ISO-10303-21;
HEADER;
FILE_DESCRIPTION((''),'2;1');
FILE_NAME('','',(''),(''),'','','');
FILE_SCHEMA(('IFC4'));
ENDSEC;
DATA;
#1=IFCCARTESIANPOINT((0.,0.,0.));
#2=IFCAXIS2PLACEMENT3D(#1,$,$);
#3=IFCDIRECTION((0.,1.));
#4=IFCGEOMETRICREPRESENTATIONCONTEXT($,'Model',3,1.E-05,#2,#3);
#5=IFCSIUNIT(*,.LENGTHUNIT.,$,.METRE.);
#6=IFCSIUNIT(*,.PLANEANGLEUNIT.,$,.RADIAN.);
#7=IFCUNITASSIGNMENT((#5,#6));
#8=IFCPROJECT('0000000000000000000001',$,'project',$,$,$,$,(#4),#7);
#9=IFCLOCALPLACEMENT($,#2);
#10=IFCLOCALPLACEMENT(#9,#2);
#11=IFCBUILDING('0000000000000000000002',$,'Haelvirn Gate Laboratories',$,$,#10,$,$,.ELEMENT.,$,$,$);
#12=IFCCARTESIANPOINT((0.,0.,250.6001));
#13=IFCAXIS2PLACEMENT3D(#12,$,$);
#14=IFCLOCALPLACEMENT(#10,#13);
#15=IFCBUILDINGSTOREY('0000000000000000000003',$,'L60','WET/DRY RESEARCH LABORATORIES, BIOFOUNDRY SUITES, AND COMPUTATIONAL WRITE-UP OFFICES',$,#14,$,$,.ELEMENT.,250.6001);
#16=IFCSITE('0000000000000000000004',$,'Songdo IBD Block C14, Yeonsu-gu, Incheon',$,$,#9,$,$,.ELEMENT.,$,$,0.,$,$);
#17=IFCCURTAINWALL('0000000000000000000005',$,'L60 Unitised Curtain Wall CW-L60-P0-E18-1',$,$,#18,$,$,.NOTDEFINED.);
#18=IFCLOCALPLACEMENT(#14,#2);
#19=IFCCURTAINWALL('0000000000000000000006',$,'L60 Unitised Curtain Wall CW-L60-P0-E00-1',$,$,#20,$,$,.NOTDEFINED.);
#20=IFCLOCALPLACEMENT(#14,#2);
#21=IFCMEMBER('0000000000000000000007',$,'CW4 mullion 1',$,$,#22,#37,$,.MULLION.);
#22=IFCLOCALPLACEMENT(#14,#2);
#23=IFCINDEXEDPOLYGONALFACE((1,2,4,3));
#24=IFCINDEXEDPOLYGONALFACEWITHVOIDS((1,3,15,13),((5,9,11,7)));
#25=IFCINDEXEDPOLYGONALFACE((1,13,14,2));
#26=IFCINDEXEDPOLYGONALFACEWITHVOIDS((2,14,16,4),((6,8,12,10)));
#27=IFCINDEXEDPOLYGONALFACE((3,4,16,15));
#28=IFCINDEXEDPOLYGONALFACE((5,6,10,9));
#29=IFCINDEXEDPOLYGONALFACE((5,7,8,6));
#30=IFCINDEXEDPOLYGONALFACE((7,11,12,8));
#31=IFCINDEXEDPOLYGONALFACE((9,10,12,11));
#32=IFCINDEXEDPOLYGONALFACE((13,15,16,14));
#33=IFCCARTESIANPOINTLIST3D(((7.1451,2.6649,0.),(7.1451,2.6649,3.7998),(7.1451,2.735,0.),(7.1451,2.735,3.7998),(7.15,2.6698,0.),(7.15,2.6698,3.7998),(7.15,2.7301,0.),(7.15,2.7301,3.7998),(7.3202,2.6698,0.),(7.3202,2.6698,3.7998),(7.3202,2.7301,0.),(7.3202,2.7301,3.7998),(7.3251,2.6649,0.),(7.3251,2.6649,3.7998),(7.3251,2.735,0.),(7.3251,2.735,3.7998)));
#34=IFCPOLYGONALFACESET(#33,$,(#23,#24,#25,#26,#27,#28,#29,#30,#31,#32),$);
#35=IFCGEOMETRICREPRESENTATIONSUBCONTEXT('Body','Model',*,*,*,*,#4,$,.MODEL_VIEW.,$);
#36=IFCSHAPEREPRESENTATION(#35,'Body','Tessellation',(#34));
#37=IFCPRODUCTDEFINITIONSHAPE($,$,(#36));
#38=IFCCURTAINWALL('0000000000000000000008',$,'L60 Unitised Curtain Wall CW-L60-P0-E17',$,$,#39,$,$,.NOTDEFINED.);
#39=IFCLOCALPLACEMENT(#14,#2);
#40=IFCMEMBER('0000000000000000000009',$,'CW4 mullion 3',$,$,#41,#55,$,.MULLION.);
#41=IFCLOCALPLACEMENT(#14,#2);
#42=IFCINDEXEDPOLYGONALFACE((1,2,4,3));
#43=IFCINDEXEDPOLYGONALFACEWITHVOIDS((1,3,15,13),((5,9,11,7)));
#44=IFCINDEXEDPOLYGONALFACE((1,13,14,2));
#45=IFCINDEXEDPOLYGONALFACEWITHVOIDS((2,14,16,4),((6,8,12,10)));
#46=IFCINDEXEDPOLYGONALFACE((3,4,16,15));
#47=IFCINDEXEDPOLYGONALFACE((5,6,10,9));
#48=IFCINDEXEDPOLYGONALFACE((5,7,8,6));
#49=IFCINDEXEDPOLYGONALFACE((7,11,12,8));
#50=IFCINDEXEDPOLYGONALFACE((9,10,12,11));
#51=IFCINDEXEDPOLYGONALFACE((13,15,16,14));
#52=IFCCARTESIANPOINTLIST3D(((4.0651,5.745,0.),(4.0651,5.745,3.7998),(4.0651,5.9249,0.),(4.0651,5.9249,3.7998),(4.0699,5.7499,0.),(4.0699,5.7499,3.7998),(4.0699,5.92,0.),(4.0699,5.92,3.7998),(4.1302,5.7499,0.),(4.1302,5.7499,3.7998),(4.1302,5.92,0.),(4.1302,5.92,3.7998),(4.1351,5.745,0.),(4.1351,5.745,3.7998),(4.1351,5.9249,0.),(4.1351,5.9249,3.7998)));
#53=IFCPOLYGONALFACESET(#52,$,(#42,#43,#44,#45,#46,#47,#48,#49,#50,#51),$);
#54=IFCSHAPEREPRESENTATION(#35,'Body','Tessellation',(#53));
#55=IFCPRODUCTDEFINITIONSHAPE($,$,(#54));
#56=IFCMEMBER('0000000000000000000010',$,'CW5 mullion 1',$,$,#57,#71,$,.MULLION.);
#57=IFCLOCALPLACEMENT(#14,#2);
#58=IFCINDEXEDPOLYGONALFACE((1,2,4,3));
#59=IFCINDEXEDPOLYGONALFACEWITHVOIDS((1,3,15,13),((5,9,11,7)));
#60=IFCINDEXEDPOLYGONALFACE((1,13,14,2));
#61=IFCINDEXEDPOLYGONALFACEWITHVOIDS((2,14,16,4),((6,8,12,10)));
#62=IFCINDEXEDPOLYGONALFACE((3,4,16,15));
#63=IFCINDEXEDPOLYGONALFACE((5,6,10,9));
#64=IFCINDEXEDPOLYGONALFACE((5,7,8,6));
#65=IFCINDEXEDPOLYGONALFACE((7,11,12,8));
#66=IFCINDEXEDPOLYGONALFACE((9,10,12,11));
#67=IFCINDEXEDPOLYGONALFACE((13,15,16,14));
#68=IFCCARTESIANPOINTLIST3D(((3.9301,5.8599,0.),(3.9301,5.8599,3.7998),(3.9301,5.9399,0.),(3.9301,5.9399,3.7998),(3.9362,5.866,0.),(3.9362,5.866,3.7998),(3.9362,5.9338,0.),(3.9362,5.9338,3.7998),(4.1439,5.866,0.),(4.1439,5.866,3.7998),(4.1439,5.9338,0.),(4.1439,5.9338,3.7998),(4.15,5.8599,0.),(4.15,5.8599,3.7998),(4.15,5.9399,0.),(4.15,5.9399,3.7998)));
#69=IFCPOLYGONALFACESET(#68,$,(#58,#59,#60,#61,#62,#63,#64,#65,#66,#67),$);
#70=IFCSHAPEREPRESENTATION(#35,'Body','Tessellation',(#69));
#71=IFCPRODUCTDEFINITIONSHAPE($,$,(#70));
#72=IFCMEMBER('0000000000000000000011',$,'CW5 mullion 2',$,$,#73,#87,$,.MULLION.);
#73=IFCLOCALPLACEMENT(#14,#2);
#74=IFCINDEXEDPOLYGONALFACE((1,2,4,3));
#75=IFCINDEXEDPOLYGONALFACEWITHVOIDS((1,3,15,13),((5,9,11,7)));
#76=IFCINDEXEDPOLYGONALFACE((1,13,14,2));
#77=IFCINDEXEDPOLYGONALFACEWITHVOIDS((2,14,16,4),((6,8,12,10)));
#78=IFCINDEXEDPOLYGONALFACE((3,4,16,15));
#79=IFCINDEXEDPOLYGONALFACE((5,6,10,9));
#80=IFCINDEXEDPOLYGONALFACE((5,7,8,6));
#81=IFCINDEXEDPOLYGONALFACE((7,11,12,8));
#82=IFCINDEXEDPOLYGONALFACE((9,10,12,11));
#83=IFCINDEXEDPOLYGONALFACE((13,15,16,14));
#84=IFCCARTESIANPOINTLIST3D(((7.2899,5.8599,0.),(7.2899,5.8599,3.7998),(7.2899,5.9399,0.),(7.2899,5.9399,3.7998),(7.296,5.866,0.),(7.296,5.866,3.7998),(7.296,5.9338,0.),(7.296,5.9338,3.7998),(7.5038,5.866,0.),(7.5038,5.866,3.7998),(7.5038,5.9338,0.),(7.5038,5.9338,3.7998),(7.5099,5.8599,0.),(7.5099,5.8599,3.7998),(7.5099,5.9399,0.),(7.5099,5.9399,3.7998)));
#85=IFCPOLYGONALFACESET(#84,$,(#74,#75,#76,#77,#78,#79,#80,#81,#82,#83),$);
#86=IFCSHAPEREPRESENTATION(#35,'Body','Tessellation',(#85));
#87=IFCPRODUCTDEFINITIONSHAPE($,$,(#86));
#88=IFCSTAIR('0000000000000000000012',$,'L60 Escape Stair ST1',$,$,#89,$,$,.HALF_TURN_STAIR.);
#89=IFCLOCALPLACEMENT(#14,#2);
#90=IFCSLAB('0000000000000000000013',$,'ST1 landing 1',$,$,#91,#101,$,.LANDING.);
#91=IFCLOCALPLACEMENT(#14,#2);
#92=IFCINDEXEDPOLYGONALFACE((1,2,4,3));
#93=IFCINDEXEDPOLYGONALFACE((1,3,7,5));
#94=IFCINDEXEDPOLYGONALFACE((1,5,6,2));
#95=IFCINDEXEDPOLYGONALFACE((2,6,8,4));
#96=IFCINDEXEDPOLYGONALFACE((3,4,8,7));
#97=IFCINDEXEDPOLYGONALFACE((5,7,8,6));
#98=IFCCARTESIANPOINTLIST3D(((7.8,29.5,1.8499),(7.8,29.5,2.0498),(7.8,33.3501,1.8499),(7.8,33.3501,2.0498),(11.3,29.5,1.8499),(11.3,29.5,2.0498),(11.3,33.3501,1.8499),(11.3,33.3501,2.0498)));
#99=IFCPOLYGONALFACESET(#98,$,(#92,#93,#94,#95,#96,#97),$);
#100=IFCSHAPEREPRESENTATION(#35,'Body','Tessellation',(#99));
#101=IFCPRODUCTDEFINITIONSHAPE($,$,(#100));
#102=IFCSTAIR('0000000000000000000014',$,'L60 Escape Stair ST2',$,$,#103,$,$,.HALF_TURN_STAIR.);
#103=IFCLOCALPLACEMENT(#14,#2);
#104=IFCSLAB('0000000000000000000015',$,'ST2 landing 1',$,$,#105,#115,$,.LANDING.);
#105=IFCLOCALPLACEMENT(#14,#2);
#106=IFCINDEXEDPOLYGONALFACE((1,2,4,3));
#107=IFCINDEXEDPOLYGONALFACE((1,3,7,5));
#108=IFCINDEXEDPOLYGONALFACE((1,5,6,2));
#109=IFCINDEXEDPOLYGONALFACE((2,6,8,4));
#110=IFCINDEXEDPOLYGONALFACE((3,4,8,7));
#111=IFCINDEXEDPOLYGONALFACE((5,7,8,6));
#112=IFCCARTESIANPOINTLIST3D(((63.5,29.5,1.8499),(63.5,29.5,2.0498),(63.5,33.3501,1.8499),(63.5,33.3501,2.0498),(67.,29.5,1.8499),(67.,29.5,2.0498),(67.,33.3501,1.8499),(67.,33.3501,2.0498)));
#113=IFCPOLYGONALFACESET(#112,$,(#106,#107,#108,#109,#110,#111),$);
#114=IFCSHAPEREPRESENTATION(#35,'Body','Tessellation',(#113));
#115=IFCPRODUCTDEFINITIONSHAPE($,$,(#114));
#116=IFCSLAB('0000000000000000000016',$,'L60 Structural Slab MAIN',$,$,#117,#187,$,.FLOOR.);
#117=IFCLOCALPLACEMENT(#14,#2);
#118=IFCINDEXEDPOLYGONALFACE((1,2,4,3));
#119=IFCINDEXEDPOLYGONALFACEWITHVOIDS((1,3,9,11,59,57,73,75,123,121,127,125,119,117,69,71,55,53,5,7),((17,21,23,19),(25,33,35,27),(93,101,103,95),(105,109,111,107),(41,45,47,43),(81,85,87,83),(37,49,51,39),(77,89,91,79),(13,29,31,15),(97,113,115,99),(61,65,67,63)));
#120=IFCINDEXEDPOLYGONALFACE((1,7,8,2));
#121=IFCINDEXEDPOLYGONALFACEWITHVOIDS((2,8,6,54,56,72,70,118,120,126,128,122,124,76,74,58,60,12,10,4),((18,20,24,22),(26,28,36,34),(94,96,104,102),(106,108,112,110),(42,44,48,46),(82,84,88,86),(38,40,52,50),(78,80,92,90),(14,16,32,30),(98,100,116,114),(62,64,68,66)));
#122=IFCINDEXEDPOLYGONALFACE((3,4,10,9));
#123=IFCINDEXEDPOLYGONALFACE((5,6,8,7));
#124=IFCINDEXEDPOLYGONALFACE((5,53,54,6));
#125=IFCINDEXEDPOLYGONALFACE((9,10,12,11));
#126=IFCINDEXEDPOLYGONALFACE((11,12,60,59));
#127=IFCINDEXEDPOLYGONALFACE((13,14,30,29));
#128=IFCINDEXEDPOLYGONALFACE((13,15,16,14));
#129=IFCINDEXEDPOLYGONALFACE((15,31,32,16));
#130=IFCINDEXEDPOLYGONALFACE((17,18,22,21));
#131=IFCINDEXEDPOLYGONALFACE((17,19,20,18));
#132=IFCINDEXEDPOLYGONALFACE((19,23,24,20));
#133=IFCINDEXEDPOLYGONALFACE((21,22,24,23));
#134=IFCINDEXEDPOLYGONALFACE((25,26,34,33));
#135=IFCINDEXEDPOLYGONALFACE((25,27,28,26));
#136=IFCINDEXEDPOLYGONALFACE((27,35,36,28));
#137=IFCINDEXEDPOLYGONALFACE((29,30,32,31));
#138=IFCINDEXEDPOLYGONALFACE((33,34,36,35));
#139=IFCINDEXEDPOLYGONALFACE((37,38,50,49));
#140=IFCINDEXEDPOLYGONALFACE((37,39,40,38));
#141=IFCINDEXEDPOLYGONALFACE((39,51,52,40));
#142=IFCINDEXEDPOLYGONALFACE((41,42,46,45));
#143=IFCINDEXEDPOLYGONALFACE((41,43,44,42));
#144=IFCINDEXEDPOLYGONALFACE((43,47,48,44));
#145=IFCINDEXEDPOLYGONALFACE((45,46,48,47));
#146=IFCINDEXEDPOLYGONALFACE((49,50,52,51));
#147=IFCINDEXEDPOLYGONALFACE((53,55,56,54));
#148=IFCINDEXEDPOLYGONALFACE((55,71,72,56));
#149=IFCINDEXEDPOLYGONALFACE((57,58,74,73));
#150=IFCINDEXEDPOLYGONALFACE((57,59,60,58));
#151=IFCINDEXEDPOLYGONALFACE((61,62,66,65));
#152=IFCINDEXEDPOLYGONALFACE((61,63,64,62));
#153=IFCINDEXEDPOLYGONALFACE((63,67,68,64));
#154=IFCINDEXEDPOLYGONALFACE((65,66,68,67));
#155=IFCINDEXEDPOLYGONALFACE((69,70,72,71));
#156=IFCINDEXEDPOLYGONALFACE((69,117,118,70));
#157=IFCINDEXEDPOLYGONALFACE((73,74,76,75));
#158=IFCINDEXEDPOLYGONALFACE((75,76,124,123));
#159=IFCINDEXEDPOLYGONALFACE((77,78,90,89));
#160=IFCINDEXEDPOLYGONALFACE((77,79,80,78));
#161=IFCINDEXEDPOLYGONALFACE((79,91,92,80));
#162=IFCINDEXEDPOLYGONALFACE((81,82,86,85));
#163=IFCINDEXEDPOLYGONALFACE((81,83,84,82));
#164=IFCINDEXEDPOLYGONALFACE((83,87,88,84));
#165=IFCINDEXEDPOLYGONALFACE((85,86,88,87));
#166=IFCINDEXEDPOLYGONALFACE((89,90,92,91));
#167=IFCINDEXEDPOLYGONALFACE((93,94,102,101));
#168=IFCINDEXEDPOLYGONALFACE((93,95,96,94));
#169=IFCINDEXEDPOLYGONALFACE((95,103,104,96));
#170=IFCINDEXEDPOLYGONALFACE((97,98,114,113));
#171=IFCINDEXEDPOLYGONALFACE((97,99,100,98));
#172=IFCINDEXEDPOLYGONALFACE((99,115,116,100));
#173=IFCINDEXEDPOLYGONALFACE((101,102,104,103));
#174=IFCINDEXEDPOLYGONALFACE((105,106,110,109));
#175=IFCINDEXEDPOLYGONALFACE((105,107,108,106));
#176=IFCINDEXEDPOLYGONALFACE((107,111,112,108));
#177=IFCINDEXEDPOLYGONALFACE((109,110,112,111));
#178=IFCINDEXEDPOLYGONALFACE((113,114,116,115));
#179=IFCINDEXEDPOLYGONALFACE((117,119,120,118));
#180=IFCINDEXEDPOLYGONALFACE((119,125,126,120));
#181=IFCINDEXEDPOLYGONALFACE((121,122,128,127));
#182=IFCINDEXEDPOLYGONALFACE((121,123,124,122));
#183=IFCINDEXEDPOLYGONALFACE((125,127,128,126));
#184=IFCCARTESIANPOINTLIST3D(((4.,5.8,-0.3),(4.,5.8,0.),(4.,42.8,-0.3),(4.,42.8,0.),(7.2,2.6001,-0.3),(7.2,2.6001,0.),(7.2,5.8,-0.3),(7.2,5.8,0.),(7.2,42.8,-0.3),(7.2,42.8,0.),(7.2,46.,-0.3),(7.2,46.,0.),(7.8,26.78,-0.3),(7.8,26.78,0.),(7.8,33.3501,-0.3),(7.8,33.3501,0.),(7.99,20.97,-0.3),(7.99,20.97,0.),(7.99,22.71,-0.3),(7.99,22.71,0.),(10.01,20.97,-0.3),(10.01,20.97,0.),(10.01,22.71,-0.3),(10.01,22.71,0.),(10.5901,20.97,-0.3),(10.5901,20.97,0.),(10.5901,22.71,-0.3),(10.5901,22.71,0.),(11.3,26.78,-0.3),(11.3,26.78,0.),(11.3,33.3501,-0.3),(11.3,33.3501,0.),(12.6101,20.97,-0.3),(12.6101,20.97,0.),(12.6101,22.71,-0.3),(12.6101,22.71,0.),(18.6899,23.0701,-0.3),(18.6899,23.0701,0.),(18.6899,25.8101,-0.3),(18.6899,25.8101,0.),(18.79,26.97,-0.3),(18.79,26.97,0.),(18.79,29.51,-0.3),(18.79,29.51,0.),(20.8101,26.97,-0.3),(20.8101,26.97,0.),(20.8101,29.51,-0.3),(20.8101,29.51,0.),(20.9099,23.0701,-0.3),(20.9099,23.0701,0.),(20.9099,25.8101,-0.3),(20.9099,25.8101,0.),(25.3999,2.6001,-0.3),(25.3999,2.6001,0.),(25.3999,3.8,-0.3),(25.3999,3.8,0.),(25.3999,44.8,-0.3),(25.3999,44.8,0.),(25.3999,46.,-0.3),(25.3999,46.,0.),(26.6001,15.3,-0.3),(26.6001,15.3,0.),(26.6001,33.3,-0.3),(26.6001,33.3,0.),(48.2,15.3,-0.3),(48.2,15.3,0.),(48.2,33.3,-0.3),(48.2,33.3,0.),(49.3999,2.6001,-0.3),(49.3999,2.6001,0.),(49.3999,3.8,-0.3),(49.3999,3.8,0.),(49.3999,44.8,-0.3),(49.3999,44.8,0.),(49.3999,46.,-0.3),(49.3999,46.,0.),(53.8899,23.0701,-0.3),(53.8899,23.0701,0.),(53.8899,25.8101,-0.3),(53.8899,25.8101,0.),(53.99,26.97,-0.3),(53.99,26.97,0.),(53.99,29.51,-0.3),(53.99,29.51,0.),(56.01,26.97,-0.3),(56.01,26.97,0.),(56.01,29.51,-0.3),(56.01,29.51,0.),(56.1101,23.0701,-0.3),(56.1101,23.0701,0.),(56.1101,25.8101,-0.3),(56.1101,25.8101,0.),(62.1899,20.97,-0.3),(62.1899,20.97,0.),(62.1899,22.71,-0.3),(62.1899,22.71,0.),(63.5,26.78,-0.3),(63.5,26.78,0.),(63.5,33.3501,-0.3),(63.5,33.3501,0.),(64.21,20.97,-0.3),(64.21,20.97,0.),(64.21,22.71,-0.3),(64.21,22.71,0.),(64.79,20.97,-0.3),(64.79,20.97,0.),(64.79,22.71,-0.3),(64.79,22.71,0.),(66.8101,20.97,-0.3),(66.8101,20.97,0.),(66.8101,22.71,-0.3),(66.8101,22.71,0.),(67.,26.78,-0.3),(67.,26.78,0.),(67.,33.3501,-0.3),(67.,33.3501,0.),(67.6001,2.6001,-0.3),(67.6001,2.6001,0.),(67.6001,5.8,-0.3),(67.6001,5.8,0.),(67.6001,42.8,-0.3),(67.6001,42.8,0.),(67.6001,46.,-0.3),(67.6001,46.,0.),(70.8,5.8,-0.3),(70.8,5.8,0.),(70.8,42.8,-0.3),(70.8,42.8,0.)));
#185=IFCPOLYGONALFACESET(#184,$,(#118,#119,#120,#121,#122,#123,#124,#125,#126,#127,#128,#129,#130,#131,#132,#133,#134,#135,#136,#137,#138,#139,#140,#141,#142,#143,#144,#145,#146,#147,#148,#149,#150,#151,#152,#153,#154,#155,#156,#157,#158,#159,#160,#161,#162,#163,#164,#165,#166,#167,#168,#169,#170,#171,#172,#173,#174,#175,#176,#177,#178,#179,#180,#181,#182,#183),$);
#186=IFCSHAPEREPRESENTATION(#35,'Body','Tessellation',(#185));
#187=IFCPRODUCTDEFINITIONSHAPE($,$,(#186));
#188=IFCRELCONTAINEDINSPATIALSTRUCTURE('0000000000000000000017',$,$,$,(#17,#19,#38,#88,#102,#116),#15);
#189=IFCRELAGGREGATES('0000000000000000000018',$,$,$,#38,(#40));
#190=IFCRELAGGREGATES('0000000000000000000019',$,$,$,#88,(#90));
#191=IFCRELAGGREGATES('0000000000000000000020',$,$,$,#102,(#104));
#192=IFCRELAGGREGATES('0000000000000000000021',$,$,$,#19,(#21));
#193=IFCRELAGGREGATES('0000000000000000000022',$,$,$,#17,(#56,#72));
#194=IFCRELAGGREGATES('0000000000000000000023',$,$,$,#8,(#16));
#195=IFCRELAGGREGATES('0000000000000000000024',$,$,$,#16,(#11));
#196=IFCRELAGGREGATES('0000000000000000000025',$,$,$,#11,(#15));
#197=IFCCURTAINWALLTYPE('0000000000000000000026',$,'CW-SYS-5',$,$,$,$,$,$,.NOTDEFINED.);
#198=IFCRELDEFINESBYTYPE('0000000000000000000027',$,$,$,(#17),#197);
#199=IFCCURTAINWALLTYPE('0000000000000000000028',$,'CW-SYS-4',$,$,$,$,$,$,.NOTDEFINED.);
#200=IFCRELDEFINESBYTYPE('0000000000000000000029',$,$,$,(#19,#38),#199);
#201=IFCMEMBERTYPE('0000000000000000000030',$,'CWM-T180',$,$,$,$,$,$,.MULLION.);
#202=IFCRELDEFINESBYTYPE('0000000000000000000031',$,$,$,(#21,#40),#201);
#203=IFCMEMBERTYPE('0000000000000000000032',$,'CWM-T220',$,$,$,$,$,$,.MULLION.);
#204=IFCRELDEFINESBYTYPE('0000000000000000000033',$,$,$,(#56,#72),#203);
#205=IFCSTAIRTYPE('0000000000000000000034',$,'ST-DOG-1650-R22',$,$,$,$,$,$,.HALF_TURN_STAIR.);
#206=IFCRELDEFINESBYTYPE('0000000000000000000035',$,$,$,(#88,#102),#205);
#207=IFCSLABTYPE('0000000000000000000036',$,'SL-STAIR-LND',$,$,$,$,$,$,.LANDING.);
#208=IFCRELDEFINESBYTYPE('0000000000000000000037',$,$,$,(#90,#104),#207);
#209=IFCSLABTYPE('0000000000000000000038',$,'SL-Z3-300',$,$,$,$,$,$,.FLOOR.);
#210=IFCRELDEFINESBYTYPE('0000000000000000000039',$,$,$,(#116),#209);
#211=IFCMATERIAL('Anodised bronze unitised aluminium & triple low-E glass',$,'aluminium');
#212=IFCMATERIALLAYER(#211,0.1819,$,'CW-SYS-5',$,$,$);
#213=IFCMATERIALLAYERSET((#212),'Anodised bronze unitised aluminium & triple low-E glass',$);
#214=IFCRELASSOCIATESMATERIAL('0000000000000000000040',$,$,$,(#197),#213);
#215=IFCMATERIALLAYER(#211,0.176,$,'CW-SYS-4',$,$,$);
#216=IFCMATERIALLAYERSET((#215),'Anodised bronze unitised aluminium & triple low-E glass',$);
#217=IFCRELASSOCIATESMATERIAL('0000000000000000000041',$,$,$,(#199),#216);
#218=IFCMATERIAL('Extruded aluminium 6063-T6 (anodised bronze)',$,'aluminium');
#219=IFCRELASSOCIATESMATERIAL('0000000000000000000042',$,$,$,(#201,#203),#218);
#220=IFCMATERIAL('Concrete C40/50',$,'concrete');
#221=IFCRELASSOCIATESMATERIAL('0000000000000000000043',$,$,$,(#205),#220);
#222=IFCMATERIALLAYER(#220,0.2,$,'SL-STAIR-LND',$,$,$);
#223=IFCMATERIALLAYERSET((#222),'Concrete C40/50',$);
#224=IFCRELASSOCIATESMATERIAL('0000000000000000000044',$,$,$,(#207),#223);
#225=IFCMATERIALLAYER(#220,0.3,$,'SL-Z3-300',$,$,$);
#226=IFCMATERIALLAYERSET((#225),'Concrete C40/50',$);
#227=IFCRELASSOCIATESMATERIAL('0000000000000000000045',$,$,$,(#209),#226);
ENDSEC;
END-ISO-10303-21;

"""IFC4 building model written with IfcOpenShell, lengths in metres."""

from ifc_helpers import new_model, si_unit, direction, frame, origin, origin_2d, place, context, subcontext, project, spatial, polyline, hollow_rectangle, outline, extrude, source, transform, mapped, material, layer, layer_set, material_profile, profile_set, type_object, type_shapes, element, aggregate, save


model = new_model("IFC4")

# Units and contexts
model_context = context("Model", 3, precision=1e-05, world=origin(), true_north=direction((0.0, 1.0)))
body_context = subcontext(model_context, "Body", "Model", "MODEL_VIEW")
ifc_project = project(units=[si_unit("LENGTHUNIT", "METRE"), si_unit("PLANEANGLEUNIT", "RADIAN")], contexts=[model_context])

# Site, building, storey
site_placement = place(None, origin())
site = spatial("IfcSite", under=ifc_project, at=site_placement, Name="Songdo IBD Block C14, Yeonsu-gu, Incheon", CompositionType="ELEMENT", RefElevation=0.0)
building_placement = place(site_placement, origin())
building = spatial("IfcBuilding", under=site, at=building_placement, Name="Haelvirn Gate Laboratories", CompositionType="ELEMENT")
storey_placement = place(building_placement, frame((0.0, 0.0, 250.6001)))
storey = spatial("IfcBuildingStorey", under=building, at=storey_placement, Name="L60", Description="WET/DRY RESEARCH LABORATORIES, BIOFOUNDRY SUITES, AND COMPUTATIONAL WRITE-UP OFFICES", CompositionType="ELEMENT", Elevation=250.6001)

# Curtain walls, member
ifc_material_1 = material(Name="Anodised bronze unitised aluminium & triple low-E glass", Category="aluminium")
ifc_layer_1 = layer(ifc_material_1, 0.1819, Name="CW-SYS-5")
ifc_layer_set_1 = layer_set([ifc_layer_1], Name="Anodised bronze unitised aluminium & triple low-E glass")
curtain_wall_type_1 = type_object("IfcCurtainWallType", Name="CW-SYS-5", PredefinedType="NOTDEFINED", material=ifc_layer_set_1)
curtain_wall_1_placement = place(storey_placement, origin())
curtain_wall_1 = element("IfcCurtainWall", 1, at=curtain_wall_1_placement, inside=storey, type_object=curtain_wall_type_1, Name="L60 Unitised Curtain Wall CW-L60-P0-E18-1", PredefinedType="NOTDEFINED")
ifc_material_2 = material(Name="Extruded aluminium 6063-T6 (anodised bronze)", Category="aluminium")
ifc_layer_2 = layer(ifc_material_1, 0.176, Name="CW-SYS-4")
ifc_layer_set_2 = layer_set([ifc_layer_2], Name="Anodised bronze unitised aluminium & triple low-E glass")
curtain_wall_type_2 = type_object("IfcCurtainWallType", Name="CW-SYS-4", PredefinedType="NOTDEFINED", material=ifc_layer_set_2)
curtain_wall_2_placement = place(storey_placement, origin())
curtain_wall_2 = element("IfcCurtainWall", 2, at=curtain_wall_2_placement, inside=storey, type_object=curtain_wall_type_2, Name="L60 Unitised Curtain Wall CW-L60-P0-E00-1", PredefinedType="NOTDEFINED")
ifc_material_profile_1 = material_profile(ifc_material_2, hollow_rectangle(XDim=0.0701, YDim=0.1799, WallThickness=0.0049, at=origin_2d()), Name="CWM-180x70x5")
ifc_profile_set_1 = profile_set([ifc_material_profile_1], Name="Extruded aluminium 6063-T6 (anodised bronze)")
member_type_1 = type_object("IfcMemberType", Name="CWM-T180", PredefinedType="MULLION", material=ifc_profile_set_1)
shared_shape_1 = source(origin(), body_context, "Body", "SweptSolid", [
    extrude(hollow_rectangle(XDim=0.0701, YDim=0.1799, WallThickness=0.0049, at=origin_2d()), origin(), (0.0, 0.0, 1.0), 3.7998),
])
type_shapes(member_type_1, [shared_shape_1])
member_1_placement = place(storey_placement, frame((7.2351, 2.7, 0.0), z_axis=(0.0, 0.0, 1.0), x_axis=(0.0, 1.0, 0.0)))
member_1 = element("IfcMember", 3, at=member_1_placement, type_object=member_type_1, Name="CW4 mullion 1", PredefinedType="MULLION", context=body_context, shape_type="MappedRepresentation", body=[
    mapped(shared_shape_1, transform((0.0, 0.0, 0.0), scale=1.0)),
])

# Curtain wall, member
curtain_wall_3_placement = place(storey_placement, origin())
curtain_wall_3 = element("IfcCurtainWall", 4, at=curtain_wall_3_placement, inside=storey, type_object=curtain_wall_type_2, Name="L60 Unitised Curtain Wall CW-L60-P0-E17", PredefinedType="NOTDEFINED")
member_2_placement = place(storey_placement, frame((4.1001, 5.835, 0.0), z_axis=(0.0, 0.0, 1.0), x_axis=(1.0, 0.0, 0.0)))
member_2 = element("IfcMember", 5, at=member_2_placement, type_object=member_type_1, Name="CW4 mullion 3", PredefinedType="MULLION", context=body_context, shape_type="MappedRepresentation", body=[
    mapped(shared_shape_1, transform((0.0, 0.0, 0.0), scale=1.0)),
])
aggregate(curtain_wall_3, [member_2])

# Members
ifc_material_profile_2 = material_profile(ifc_material_2, hollow_rectangle(XDim=0.0801, YDim=0.22, WallThickness=0.0061, at=origin_2d()), Name="CWM-220x80x6")
ifc_profile_set_2 = profile_set([ifc_material_profile_2], Name="Extruded aluminium 6063-T6 (anodised bronze)")
member_type_2 = type_object("IfcMemberType", Name="CWM-T220", PredefinedType="MULLION", material=ifc_profile_set_2)
shared_shape_2 = source(origin(), body_context, "Body", "SweptSolid", [
    extrude(hollow_rectangle(XDim=0.0801, YDim=0.22, WallThickness=0.0061, at=origin_2d()), origin(), (0.0, 0.0, 1.0), 3.7998),
])
type_shapes(member_type_2, [shared_shape_2])
member_3_placement = place(storey_placement, frame((4.04, 5.8999, 0.0), z_axis=(0.0, 0.0, 1.0), x_axis=(0.0, 1.0, 0.0)))
member_3 = element("IfcMember", 6, at=member_3_placement, type_object=member_type_2, Name="CW5 mullion 1", PredefinedType="MULLION", context=body_context, shape_type="MappedRepresentation", body=[
    mapped(shared_shape_2, transform((0.0, 0.0, 0.0), scale=1.0)),
])
member_4_placement = place(storey_placement, frame((7.3999, 5.8999, 0.0), z_axis=(0.0, 0.0, 1.0), x_axis=(0.0, 1.0, 0.0)))
member_4 = element("IfcMember", 7, at=member_4_placement, type_object=member_type_2, Name="CW5 mullion 2", PredefinedType="MULLION", context=body_context, shape_type="MappedRepresentation", body=[
    mapped(shared_shape_2, transform((0.0, 0.0, 0.0), scale=1.0)),
])

# Stairs, slabs
ifc_material_3 = material(Name="Concrete C40/50", Category="concrete")
stair_type = type_object("IfcStairType", Name="ST-DOG-1650-R22", PredefinedType="HALF_TURN_STAIR", material=ifc_material_3)
stair_1_placement = place(storey_placement, origin())
stair_1 = element("IfcStair", 8, at=stair_1_placement, inside=storey, type_object=stair_type, Name="L60 Escape Stair ST1", PredefinedType="HALF_TURN_STAIR")
ifc_layer_3 = layer(ifc_material_3, 0.2, Name="SL-STAIR-LND")
ifc_layer_set_3 = layer_set([ifc_layer_3], Name="Concrete C40/50")
slab_type_1 = type_object("IfcSlabType", Name="SL-STAIR-LND", PredefinedType="LANDING", material=ifc_layer_set_3)
slab_1_placement = place(storey_placement, frame((0.0, 0.0, 1.8499)))
slab_1 = element("IfcSlab", 9, at=slab_1_placement, type_object=slab_type_1, Name="ST1 landing 1", PredefinedType="LANDING", context=body_context, shape_type="SweptSolid", body=[
    extrude(outline(polyline([(11.3, 29.5), (11.3, 33.3501), (7.8, 33.3501), (7.8, 29.5), (11.3, 29.5)])), origin(), (0.0, 0.0, 1.0), 0.2),
])
aggregate(stair_1, [slab_1])
stair_2_placement = place(storey_placement, origin())
stair_2 = element("IfcStair", 10, at=stair_2_placement, inside=storey, type_object=stair_type, Name="L60 Escape Stair ST2", PredefinedType="HALF_TURN_STAIR")
slab_2_placement = place(storey_placement, frame((0.0, 0.0, 1.8499)))
slab_2 = element("IfcSlab", 11, at=slab_2_placement, type_object=slab_type_1, Name="ST2 landing 1", PredefinedType="LANDING", context=body_context, shape_type="SweptSolid", body=[
    extrude(outline(polyline([(67.0, 29.5), (67.0, 33.3501), (63.5, 33.3501), (63.5, 29.5), (67.0, 29.5)])), origin(), (0.0, 0.0, 1.0), 0.2),
])
aggregate(stair_2, [slab_2])

# Slab
ifc_layer_4 = layer(ifc_material_3, 0.3, Name="SL-Z3-300")
ifc_layer_set_4 = layer_set([ifc_layer_4], Name="Concrete C40/50")
slab_type_2 = type_object("IfcSlabType", Name="SL-Z3-300", PredefinedType="FLOOR", material=ifc_layer_set_4)
slab_3_placement = place(storey_placement, frame((0.0, 0.0, -0.3)))
element("IfcSlab", 12, at=slab_3_placement, inside=storey, type_object=slab_type_2, Name="L60 Structural Slab MAIN", PredefinedType="FLOOR", context=body_context, shape_type="SweptSolid", body=[
    extrude(outline(polyline([(7.2, 2.6001), (25.3999, 2.6001), (25.3999, 3.8), (49.3999, 3.8), (49.3999, 2.6001), (67.6001, 2.6001), (67.6001, 5.8), (70.8, 5.8), (70.8, 42.8), (67.6001, 42.8), (67.6001, 46.0), (49.3999, 46.0), (49.3999, 44.8), (25.3999, 44.8), (25.3999, 46.0), (7.2, 46.0), (7.2, 42.8), (4.0, 42.8), (4.0, 5.8), (7.2, 5.8), (7.2, 2.6001)]), holes=[polyline([(26.6001, 15.3), (48.2, 15.3), (48.2, 33.3), (26.6001, 33.3), (26.6001, 15.3)]), polyline([(11.3, 26.78), (11.3, 33.3501), (7.8, 33.3501), (7.8, 26.78), (11.3, 26.78)]), polyline([(67.0, 26.78), (67.0, 33.3501), (63.5, 33.3501), (63.5, 26.78), (67.0, 26.78)]), polyline([(7.99, 20.97), (10.01, 20.97), (10.01, 22.71), (7.99, 22.71), (7.99, 20.97)]), polyline([(10.5901, 20.97), (12.6101, 20.97), (12.6101, 22.71), (10.5901, 22.71), (10.5901, 20.97)]), polyline([(18.79, 26.97), (20.8101, 26.97), (20.8101, 29.51), (18.79, 29.51), (18.79, 26.97)]), polyline([(18.6899, 23.0701), (20.9099, 23.0701), (20.9099, 25.8101), (18.6899, 25.8101), (18.6899, 23.0701)]), polyline([(64.79, 20.97), (66.8101, 20.97), (66.8101, 22.71), (64.79, 22.71), (64.79, 20.97)]), polyline([(62.1899, 20.97), (64.21, 20.97), (64.21, 22.71), (62.1899, 22.71), (62.1899, 20.97)]), polyline([(53.99, 26.97), (56.01, 26.97), (56.01, 29.51), (53.99, 29.51), (53.99, 26.97)]), polyline([(53.8899, 23.0701), (56.1101, 23.0701), (56.1101, 25.8101), (53.8899, 25.8101), (53.8899, 23.0701)])]), origin(), (0.0, 0.0, 1.0), 0.3),
])

aggregate(curtain_wall_2, [member_1])
aggregate(curtain_wall_1, [member_3, member_4])

save(model, "model.ifc")
